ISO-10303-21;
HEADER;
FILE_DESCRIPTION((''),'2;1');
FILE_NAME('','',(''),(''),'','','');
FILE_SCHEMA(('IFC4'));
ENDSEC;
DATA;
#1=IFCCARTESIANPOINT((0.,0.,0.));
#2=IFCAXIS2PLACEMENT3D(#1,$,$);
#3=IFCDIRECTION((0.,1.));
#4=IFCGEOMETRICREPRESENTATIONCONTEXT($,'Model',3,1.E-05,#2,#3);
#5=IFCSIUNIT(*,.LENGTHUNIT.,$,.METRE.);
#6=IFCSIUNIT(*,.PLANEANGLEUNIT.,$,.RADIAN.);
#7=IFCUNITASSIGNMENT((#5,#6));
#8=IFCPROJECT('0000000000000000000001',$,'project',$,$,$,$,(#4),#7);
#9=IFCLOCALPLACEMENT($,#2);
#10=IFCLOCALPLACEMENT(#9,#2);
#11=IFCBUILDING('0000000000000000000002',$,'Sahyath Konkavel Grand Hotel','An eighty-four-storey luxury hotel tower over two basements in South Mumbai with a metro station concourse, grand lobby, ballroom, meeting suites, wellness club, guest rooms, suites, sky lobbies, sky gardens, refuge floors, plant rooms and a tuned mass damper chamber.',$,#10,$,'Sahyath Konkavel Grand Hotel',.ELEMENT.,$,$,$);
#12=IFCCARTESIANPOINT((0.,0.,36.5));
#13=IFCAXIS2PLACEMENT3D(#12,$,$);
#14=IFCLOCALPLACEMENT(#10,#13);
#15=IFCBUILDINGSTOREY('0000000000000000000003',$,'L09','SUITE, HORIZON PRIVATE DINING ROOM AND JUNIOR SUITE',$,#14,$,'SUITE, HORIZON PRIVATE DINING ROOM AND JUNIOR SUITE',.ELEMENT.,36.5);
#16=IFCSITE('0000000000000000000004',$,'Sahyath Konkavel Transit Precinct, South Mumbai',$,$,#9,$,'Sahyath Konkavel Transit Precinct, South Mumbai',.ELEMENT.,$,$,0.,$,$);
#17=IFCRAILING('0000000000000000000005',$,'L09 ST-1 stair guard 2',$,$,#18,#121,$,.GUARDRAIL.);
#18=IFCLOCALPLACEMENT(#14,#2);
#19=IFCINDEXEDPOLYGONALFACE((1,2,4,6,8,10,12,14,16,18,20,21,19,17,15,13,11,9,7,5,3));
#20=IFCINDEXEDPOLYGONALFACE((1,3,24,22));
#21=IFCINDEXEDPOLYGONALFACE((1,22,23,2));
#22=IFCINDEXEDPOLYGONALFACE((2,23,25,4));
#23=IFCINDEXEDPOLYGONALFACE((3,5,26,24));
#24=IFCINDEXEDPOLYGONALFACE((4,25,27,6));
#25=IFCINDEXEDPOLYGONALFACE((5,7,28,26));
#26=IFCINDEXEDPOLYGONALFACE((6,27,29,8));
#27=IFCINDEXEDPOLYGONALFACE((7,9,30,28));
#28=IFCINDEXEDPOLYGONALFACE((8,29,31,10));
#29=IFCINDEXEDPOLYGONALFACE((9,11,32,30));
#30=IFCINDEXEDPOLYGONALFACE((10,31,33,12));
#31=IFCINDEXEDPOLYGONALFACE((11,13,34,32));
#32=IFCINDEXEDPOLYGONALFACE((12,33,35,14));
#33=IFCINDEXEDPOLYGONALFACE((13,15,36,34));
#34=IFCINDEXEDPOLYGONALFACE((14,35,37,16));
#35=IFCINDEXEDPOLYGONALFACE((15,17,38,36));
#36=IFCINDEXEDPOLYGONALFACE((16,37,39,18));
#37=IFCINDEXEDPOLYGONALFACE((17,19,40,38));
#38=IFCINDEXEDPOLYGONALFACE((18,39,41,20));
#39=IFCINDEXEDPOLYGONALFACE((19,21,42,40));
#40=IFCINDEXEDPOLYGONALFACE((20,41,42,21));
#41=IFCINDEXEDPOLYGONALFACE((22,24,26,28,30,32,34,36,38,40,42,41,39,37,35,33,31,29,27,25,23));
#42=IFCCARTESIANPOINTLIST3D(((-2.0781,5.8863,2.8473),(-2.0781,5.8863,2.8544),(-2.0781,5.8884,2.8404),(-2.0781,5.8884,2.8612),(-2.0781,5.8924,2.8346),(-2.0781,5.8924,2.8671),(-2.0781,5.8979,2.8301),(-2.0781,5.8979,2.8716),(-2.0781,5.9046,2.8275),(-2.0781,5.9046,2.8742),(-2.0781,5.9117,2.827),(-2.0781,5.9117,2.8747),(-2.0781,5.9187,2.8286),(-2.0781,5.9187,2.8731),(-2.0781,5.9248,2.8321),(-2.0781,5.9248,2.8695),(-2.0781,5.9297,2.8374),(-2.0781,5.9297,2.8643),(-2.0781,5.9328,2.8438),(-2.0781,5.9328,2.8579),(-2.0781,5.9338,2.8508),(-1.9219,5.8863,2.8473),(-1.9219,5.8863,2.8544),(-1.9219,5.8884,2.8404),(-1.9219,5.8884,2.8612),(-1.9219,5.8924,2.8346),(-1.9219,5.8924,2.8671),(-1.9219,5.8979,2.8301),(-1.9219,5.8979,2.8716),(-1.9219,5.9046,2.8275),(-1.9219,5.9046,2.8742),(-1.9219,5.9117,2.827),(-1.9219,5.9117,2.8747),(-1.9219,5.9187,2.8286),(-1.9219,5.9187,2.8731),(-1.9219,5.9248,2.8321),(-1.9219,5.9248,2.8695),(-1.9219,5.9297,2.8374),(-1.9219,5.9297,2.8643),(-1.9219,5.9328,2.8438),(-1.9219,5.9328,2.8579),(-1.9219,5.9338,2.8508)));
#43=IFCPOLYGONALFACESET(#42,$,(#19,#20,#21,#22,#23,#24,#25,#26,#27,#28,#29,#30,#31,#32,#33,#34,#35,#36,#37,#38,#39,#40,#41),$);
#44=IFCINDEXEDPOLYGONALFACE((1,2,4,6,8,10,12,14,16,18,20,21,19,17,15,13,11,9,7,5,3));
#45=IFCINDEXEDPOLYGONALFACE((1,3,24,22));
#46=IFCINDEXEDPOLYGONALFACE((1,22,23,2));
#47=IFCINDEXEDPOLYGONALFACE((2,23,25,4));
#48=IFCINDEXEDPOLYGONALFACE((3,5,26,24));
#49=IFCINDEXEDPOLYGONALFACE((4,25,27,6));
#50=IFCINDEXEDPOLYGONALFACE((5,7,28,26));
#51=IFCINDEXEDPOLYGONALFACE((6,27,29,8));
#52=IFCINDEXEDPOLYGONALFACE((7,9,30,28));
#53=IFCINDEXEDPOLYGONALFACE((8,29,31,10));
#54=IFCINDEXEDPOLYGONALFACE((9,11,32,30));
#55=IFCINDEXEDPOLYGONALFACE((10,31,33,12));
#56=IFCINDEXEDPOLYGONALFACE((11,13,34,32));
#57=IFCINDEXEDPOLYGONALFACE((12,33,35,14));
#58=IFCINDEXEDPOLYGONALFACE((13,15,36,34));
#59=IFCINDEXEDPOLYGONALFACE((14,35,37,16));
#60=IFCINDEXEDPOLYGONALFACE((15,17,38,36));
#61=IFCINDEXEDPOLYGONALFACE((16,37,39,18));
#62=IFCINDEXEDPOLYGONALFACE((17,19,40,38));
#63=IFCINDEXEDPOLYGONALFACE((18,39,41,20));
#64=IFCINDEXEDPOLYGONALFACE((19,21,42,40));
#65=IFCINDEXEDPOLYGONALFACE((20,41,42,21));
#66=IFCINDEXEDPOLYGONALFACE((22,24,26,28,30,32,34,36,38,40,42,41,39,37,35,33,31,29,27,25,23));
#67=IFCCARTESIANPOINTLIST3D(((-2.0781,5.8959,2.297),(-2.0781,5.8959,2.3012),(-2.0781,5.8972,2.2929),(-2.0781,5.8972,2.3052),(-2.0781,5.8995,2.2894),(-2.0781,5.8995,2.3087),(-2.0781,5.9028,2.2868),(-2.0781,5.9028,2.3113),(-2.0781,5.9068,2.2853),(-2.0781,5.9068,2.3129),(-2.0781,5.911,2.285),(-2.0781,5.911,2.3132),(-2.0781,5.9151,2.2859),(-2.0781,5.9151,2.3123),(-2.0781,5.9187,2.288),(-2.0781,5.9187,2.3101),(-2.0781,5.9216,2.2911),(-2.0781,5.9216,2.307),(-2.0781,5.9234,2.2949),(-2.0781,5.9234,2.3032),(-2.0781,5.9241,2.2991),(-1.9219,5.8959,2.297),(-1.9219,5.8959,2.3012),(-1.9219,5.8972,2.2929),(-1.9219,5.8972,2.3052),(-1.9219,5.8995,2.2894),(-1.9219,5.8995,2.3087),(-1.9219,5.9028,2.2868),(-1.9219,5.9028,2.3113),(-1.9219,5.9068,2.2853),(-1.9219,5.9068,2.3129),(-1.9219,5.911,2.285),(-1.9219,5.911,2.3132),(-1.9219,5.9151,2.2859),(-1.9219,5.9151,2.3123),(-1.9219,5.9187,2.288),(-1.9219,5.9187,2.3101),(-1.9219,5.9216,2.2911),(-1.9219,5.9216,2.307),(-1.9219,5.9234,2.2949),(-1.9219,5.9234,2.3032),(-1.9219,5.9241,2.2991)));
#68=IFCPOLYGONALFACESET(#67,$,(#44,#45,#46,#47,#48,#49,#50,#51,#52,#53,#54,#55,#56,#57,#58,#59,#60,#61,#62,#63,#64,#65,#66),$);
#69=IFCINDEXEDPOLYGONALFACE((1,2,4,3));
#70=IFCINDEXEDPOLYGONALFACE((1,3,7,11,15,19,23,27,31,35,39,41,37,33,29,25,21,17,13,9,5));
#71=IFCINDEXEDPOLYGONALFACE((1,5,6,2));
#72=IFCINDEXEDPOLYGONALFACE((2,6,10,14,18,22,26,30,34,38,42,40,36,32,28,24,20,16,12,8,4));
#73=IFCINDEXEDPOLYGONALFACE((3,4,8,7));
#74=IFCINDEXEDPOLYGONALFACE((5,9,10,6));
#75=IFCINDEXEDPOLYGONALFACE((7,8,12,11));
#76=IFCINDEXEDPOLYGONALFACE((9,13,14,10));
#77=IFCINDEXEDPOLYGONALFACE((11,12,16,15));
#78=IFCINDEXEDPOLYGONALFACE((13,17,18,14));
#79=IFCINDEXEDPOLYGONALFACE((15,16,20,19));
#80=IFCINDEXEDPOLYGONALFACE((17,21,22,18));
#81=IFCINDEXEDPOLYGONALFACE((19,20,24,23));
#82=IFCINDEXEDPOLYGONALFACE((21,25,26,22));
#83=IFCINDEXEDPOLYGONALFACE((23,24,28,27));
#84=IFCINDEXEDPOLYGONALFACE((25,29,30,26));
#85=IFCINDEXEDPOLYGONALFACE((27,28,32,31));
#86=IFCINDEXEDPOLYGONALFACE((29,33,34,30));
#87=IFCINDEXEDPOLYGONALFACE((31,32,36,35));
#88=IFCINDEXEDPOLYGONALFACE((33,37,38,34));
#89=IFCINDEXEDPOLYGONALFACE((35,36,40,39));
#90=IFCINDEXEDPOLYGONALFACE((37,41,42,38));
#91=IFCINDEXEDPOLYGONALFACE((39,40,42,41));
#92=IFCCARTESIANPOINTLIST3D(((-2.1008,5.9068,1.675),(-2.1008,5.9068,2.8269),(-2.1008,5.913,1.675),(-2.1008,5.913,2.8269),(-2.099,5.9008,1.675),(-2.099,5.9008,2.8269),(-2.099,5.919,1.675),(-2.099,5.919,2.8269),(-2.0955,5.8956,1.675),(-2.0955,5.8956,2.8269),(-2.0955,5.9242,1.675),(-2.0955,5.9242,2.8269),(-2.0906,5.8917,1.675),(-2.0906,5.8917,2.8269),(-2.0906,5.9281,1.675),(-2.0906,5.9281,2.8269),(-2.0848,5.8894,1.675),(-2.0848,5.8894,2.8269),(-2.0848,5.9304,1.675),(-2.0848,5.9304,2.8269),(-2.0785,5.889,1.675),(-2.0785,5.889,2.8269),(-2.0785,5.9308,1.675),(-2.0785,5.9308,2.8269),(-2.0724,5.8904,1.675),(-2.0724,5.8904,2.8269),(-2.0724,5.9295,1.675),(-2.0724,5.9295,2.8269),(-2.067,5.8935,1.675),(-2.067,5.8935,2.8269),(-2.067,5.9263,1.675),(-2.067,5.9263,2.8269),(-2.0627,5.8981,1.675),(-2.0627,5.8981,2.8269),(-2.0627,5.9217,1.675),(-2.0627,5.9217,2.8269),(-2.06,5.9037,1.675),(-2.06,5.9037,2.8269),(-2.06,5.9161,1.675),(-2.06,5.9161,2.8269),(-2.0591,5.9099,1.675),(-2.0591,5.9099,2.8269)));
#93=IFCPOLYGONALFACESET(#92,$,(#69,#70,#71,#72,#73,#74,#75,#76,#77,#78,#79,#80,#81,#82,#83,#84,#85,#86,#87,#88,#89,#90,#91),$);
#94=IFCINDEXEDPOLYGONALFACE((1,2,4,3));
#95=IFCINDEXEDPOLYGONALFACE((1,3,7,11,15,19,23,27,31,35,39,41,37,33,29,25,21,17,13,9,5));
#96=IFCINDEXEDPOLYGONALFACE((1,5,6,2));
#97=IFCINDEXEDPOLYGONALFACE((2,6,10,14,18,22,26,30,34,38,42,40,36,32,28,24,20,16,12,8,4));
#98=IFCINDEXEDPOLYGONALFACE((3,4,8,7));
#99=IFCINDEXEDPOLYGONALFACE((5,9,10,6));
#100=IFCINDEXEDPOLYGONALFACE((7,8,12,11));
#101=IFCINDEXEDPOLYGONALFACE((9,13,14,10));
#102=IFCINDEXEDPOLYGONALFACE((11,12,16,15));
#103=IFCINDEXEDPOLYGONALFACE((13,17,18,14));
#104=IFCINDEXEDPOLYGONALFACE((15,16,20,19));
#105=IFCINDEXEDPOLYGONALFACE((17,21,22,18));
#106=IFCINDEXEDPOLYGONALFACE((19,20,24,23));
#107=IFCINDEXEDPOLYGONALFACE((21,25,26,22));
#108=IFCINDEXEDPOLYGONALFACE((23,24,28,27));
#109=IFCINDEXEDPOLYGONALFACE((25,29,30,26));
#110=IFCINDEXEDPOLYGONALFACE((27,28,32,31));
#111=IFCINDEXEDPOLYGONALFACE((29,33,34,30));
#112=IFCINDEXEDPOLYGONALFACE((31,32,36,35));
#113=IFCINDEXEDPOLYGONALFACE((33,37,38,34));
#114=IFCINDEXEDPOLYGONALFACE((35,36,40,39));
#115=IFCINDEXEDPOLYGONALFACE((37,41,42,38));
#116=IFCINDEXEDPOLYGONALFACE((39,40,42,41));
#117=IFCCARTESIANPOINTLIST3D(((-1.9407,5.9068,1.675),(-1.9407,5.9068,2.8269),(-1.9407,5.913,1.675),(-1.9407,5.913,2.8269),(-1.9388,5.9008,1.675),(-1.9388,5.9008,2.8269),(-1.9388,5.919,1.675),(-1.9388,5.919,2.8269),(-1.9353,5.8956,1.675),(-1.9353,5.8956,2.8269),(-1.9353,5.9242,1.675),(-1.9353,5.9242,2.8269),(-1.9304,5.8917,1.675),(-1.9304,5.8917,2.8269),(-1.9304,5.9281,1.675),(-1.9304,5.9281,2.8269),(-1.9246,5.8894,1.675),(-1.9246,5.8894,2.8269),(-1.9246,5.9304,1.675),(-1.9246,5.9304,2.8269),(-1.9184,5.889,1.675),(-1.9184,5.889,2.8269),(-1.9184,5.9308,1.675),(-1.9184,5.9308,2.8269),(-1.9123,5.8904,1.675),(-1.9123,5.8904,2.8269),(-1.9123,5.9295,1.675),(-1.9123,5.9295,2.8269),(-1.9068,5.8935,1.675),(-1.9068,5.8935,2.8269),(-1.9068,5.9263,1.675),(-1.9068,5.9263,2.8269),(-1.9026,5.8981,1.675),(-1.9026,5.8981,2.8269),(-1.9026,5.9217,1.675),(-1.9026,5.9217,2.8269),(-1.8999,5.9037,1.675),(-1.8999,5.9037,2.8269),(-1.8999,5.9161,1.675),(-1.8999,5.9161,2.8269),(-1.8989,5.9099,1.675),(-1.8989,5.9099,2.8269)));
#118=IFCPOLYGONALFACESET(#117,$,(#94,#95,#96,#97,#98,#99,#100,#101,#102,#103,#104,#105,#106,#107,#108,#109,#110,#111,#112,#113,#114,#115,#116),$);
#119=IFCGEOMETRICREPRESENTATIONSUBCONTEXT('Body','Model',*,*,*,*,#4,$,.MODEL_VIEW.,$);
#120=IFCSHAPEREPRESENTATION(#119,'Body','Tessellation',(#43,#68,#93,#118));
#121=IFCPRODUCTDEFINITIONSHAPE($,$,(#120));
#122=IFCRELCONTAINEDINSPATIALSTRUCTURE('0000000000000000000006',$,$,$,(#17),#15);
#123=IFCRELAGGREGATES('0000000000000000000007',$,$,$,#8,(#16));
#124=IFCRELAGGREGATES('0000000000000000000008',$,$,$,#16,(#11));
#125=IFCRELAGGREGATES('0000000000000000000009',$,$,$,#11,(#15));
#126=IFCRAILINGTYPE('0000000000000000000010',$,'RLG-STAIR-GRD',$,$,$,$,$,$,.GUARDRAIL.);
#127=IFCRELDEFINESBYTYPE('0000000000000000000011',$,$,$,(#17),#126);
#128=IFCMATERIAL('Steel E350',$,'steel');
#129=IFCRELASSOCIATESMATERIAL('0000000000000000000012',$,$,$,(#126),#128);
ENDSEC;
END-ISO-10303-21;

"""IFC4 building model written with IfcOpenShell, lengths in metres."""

from ifc_helpers import new_model, si_unit, direction, frame, origin, origin_2d, place, context, subcontext, project, spatial, circle, extrude, material, type_object, element, save


model = new_model("IFC4")

# Units and contexts
model_context = context("Model", 3, precision=1e-05, world=origin(), true_north=direction((0.0, 1.0)))
body_context = subcontext(model_context, "Body", "Model", "MODEL_VIEW")
ifc_project = project(units=[si_unit("LENGTHUNIT", "METRE"), si_unit("PLANEANGLEUNIT", "RADIAN")], contexts=[model_context])

# Site, building, storey
site_placement = place(None, origin())
site = spatial("IfcSite", under=ifc_project, at=site_placement, Name="Sahyath Konkavel Transit Precinct, South Mumbai", LongName="Sahyath Konkavel Transit Precinct, South Mumbai", CompositionType="ELEMENT", RefElevation=0.0)
building_placement = place(site_placement, origin())
building = spatial("IfcBuilding", under=site, at=building_placement, Name="Sahyath Konkavel Grand Hotel", Description="An eighty-four-storey luxury hotel tower over two basements in South Mumbai with a metro station concourse, grand lobby, ballroom, meeting suites, wellness club, guest rooms, suites, sky lobbies, sky gardens, refuge floors, plant rooms and a tuned mass damper chamber.", LongName="Sahyath Konkavel Grand Hotel", CompositionType="ELEMENT")
storey_placement = place(building_placement, frame((0.0, 0.0, 36.5)))
storey = spatial("IfcBuildingStorey", under=building, at=storey_placement, Name="L09", Description="SUITE, HORIZON PRIVATE DINING ROOM AND JUNIOR SUITE", LongName="SUITE, HORIZON PRIVATE DINING ROOM AND JUNIOR SUITE", CompositionType="ELEMENT", Elevation=36.5)

# Shared definitions
ifc_material_1 = material(Name="Steel E350", Category="steel")

# Railing
railing_type_1 = type_object("IfcRailingType", Name="RLG-STAIR-GRD", PredefinedType="GUARDRAIL", material=ifc_material_1)
railing_1_placement = place(storey_placement, frame((-2.0801, 5.9099, 1.675)))
element("IfcRailing", 1, at=railing_1_placement, inside=storey, type_object=railing_type_1, Name="L09 ST-1 stair guard 2", PredefinedType="GUARDRAIL", context=body_context, shape_type="SweptSolid", body=[
    extrude(circle(Radius=0.0239, at=origin_2d()), frame((0.002, 0.0, 1.1758), z_axis=(1.0, 0.0, 0.0), x_axis=(0.0, 1.0, 0.0)), (0.0, 0.0, 1.0), 0.1562),
    extrude(circle(Radius=0.0142, at=origin_2d()), frame((0.002, 0.0, 0.624), z_axis=(1.0, 0.0, 0.0), x_axis=(0.0, 1.0, 0.0)), (0.0, 0.0, 1.0), 0.1562),
    extrude(circle(Radius=0.021, at=origin_2d()), origin(), (0.0, 0.0, 1.0), 1.1519),
    extrude(circle(Radius=0.021, at=origin_2d()), frame((0.1602, 0.0, 0.0)), (0.0, 0.0, 1.0), 1.1519),
])

save(model, "model.ifc")
